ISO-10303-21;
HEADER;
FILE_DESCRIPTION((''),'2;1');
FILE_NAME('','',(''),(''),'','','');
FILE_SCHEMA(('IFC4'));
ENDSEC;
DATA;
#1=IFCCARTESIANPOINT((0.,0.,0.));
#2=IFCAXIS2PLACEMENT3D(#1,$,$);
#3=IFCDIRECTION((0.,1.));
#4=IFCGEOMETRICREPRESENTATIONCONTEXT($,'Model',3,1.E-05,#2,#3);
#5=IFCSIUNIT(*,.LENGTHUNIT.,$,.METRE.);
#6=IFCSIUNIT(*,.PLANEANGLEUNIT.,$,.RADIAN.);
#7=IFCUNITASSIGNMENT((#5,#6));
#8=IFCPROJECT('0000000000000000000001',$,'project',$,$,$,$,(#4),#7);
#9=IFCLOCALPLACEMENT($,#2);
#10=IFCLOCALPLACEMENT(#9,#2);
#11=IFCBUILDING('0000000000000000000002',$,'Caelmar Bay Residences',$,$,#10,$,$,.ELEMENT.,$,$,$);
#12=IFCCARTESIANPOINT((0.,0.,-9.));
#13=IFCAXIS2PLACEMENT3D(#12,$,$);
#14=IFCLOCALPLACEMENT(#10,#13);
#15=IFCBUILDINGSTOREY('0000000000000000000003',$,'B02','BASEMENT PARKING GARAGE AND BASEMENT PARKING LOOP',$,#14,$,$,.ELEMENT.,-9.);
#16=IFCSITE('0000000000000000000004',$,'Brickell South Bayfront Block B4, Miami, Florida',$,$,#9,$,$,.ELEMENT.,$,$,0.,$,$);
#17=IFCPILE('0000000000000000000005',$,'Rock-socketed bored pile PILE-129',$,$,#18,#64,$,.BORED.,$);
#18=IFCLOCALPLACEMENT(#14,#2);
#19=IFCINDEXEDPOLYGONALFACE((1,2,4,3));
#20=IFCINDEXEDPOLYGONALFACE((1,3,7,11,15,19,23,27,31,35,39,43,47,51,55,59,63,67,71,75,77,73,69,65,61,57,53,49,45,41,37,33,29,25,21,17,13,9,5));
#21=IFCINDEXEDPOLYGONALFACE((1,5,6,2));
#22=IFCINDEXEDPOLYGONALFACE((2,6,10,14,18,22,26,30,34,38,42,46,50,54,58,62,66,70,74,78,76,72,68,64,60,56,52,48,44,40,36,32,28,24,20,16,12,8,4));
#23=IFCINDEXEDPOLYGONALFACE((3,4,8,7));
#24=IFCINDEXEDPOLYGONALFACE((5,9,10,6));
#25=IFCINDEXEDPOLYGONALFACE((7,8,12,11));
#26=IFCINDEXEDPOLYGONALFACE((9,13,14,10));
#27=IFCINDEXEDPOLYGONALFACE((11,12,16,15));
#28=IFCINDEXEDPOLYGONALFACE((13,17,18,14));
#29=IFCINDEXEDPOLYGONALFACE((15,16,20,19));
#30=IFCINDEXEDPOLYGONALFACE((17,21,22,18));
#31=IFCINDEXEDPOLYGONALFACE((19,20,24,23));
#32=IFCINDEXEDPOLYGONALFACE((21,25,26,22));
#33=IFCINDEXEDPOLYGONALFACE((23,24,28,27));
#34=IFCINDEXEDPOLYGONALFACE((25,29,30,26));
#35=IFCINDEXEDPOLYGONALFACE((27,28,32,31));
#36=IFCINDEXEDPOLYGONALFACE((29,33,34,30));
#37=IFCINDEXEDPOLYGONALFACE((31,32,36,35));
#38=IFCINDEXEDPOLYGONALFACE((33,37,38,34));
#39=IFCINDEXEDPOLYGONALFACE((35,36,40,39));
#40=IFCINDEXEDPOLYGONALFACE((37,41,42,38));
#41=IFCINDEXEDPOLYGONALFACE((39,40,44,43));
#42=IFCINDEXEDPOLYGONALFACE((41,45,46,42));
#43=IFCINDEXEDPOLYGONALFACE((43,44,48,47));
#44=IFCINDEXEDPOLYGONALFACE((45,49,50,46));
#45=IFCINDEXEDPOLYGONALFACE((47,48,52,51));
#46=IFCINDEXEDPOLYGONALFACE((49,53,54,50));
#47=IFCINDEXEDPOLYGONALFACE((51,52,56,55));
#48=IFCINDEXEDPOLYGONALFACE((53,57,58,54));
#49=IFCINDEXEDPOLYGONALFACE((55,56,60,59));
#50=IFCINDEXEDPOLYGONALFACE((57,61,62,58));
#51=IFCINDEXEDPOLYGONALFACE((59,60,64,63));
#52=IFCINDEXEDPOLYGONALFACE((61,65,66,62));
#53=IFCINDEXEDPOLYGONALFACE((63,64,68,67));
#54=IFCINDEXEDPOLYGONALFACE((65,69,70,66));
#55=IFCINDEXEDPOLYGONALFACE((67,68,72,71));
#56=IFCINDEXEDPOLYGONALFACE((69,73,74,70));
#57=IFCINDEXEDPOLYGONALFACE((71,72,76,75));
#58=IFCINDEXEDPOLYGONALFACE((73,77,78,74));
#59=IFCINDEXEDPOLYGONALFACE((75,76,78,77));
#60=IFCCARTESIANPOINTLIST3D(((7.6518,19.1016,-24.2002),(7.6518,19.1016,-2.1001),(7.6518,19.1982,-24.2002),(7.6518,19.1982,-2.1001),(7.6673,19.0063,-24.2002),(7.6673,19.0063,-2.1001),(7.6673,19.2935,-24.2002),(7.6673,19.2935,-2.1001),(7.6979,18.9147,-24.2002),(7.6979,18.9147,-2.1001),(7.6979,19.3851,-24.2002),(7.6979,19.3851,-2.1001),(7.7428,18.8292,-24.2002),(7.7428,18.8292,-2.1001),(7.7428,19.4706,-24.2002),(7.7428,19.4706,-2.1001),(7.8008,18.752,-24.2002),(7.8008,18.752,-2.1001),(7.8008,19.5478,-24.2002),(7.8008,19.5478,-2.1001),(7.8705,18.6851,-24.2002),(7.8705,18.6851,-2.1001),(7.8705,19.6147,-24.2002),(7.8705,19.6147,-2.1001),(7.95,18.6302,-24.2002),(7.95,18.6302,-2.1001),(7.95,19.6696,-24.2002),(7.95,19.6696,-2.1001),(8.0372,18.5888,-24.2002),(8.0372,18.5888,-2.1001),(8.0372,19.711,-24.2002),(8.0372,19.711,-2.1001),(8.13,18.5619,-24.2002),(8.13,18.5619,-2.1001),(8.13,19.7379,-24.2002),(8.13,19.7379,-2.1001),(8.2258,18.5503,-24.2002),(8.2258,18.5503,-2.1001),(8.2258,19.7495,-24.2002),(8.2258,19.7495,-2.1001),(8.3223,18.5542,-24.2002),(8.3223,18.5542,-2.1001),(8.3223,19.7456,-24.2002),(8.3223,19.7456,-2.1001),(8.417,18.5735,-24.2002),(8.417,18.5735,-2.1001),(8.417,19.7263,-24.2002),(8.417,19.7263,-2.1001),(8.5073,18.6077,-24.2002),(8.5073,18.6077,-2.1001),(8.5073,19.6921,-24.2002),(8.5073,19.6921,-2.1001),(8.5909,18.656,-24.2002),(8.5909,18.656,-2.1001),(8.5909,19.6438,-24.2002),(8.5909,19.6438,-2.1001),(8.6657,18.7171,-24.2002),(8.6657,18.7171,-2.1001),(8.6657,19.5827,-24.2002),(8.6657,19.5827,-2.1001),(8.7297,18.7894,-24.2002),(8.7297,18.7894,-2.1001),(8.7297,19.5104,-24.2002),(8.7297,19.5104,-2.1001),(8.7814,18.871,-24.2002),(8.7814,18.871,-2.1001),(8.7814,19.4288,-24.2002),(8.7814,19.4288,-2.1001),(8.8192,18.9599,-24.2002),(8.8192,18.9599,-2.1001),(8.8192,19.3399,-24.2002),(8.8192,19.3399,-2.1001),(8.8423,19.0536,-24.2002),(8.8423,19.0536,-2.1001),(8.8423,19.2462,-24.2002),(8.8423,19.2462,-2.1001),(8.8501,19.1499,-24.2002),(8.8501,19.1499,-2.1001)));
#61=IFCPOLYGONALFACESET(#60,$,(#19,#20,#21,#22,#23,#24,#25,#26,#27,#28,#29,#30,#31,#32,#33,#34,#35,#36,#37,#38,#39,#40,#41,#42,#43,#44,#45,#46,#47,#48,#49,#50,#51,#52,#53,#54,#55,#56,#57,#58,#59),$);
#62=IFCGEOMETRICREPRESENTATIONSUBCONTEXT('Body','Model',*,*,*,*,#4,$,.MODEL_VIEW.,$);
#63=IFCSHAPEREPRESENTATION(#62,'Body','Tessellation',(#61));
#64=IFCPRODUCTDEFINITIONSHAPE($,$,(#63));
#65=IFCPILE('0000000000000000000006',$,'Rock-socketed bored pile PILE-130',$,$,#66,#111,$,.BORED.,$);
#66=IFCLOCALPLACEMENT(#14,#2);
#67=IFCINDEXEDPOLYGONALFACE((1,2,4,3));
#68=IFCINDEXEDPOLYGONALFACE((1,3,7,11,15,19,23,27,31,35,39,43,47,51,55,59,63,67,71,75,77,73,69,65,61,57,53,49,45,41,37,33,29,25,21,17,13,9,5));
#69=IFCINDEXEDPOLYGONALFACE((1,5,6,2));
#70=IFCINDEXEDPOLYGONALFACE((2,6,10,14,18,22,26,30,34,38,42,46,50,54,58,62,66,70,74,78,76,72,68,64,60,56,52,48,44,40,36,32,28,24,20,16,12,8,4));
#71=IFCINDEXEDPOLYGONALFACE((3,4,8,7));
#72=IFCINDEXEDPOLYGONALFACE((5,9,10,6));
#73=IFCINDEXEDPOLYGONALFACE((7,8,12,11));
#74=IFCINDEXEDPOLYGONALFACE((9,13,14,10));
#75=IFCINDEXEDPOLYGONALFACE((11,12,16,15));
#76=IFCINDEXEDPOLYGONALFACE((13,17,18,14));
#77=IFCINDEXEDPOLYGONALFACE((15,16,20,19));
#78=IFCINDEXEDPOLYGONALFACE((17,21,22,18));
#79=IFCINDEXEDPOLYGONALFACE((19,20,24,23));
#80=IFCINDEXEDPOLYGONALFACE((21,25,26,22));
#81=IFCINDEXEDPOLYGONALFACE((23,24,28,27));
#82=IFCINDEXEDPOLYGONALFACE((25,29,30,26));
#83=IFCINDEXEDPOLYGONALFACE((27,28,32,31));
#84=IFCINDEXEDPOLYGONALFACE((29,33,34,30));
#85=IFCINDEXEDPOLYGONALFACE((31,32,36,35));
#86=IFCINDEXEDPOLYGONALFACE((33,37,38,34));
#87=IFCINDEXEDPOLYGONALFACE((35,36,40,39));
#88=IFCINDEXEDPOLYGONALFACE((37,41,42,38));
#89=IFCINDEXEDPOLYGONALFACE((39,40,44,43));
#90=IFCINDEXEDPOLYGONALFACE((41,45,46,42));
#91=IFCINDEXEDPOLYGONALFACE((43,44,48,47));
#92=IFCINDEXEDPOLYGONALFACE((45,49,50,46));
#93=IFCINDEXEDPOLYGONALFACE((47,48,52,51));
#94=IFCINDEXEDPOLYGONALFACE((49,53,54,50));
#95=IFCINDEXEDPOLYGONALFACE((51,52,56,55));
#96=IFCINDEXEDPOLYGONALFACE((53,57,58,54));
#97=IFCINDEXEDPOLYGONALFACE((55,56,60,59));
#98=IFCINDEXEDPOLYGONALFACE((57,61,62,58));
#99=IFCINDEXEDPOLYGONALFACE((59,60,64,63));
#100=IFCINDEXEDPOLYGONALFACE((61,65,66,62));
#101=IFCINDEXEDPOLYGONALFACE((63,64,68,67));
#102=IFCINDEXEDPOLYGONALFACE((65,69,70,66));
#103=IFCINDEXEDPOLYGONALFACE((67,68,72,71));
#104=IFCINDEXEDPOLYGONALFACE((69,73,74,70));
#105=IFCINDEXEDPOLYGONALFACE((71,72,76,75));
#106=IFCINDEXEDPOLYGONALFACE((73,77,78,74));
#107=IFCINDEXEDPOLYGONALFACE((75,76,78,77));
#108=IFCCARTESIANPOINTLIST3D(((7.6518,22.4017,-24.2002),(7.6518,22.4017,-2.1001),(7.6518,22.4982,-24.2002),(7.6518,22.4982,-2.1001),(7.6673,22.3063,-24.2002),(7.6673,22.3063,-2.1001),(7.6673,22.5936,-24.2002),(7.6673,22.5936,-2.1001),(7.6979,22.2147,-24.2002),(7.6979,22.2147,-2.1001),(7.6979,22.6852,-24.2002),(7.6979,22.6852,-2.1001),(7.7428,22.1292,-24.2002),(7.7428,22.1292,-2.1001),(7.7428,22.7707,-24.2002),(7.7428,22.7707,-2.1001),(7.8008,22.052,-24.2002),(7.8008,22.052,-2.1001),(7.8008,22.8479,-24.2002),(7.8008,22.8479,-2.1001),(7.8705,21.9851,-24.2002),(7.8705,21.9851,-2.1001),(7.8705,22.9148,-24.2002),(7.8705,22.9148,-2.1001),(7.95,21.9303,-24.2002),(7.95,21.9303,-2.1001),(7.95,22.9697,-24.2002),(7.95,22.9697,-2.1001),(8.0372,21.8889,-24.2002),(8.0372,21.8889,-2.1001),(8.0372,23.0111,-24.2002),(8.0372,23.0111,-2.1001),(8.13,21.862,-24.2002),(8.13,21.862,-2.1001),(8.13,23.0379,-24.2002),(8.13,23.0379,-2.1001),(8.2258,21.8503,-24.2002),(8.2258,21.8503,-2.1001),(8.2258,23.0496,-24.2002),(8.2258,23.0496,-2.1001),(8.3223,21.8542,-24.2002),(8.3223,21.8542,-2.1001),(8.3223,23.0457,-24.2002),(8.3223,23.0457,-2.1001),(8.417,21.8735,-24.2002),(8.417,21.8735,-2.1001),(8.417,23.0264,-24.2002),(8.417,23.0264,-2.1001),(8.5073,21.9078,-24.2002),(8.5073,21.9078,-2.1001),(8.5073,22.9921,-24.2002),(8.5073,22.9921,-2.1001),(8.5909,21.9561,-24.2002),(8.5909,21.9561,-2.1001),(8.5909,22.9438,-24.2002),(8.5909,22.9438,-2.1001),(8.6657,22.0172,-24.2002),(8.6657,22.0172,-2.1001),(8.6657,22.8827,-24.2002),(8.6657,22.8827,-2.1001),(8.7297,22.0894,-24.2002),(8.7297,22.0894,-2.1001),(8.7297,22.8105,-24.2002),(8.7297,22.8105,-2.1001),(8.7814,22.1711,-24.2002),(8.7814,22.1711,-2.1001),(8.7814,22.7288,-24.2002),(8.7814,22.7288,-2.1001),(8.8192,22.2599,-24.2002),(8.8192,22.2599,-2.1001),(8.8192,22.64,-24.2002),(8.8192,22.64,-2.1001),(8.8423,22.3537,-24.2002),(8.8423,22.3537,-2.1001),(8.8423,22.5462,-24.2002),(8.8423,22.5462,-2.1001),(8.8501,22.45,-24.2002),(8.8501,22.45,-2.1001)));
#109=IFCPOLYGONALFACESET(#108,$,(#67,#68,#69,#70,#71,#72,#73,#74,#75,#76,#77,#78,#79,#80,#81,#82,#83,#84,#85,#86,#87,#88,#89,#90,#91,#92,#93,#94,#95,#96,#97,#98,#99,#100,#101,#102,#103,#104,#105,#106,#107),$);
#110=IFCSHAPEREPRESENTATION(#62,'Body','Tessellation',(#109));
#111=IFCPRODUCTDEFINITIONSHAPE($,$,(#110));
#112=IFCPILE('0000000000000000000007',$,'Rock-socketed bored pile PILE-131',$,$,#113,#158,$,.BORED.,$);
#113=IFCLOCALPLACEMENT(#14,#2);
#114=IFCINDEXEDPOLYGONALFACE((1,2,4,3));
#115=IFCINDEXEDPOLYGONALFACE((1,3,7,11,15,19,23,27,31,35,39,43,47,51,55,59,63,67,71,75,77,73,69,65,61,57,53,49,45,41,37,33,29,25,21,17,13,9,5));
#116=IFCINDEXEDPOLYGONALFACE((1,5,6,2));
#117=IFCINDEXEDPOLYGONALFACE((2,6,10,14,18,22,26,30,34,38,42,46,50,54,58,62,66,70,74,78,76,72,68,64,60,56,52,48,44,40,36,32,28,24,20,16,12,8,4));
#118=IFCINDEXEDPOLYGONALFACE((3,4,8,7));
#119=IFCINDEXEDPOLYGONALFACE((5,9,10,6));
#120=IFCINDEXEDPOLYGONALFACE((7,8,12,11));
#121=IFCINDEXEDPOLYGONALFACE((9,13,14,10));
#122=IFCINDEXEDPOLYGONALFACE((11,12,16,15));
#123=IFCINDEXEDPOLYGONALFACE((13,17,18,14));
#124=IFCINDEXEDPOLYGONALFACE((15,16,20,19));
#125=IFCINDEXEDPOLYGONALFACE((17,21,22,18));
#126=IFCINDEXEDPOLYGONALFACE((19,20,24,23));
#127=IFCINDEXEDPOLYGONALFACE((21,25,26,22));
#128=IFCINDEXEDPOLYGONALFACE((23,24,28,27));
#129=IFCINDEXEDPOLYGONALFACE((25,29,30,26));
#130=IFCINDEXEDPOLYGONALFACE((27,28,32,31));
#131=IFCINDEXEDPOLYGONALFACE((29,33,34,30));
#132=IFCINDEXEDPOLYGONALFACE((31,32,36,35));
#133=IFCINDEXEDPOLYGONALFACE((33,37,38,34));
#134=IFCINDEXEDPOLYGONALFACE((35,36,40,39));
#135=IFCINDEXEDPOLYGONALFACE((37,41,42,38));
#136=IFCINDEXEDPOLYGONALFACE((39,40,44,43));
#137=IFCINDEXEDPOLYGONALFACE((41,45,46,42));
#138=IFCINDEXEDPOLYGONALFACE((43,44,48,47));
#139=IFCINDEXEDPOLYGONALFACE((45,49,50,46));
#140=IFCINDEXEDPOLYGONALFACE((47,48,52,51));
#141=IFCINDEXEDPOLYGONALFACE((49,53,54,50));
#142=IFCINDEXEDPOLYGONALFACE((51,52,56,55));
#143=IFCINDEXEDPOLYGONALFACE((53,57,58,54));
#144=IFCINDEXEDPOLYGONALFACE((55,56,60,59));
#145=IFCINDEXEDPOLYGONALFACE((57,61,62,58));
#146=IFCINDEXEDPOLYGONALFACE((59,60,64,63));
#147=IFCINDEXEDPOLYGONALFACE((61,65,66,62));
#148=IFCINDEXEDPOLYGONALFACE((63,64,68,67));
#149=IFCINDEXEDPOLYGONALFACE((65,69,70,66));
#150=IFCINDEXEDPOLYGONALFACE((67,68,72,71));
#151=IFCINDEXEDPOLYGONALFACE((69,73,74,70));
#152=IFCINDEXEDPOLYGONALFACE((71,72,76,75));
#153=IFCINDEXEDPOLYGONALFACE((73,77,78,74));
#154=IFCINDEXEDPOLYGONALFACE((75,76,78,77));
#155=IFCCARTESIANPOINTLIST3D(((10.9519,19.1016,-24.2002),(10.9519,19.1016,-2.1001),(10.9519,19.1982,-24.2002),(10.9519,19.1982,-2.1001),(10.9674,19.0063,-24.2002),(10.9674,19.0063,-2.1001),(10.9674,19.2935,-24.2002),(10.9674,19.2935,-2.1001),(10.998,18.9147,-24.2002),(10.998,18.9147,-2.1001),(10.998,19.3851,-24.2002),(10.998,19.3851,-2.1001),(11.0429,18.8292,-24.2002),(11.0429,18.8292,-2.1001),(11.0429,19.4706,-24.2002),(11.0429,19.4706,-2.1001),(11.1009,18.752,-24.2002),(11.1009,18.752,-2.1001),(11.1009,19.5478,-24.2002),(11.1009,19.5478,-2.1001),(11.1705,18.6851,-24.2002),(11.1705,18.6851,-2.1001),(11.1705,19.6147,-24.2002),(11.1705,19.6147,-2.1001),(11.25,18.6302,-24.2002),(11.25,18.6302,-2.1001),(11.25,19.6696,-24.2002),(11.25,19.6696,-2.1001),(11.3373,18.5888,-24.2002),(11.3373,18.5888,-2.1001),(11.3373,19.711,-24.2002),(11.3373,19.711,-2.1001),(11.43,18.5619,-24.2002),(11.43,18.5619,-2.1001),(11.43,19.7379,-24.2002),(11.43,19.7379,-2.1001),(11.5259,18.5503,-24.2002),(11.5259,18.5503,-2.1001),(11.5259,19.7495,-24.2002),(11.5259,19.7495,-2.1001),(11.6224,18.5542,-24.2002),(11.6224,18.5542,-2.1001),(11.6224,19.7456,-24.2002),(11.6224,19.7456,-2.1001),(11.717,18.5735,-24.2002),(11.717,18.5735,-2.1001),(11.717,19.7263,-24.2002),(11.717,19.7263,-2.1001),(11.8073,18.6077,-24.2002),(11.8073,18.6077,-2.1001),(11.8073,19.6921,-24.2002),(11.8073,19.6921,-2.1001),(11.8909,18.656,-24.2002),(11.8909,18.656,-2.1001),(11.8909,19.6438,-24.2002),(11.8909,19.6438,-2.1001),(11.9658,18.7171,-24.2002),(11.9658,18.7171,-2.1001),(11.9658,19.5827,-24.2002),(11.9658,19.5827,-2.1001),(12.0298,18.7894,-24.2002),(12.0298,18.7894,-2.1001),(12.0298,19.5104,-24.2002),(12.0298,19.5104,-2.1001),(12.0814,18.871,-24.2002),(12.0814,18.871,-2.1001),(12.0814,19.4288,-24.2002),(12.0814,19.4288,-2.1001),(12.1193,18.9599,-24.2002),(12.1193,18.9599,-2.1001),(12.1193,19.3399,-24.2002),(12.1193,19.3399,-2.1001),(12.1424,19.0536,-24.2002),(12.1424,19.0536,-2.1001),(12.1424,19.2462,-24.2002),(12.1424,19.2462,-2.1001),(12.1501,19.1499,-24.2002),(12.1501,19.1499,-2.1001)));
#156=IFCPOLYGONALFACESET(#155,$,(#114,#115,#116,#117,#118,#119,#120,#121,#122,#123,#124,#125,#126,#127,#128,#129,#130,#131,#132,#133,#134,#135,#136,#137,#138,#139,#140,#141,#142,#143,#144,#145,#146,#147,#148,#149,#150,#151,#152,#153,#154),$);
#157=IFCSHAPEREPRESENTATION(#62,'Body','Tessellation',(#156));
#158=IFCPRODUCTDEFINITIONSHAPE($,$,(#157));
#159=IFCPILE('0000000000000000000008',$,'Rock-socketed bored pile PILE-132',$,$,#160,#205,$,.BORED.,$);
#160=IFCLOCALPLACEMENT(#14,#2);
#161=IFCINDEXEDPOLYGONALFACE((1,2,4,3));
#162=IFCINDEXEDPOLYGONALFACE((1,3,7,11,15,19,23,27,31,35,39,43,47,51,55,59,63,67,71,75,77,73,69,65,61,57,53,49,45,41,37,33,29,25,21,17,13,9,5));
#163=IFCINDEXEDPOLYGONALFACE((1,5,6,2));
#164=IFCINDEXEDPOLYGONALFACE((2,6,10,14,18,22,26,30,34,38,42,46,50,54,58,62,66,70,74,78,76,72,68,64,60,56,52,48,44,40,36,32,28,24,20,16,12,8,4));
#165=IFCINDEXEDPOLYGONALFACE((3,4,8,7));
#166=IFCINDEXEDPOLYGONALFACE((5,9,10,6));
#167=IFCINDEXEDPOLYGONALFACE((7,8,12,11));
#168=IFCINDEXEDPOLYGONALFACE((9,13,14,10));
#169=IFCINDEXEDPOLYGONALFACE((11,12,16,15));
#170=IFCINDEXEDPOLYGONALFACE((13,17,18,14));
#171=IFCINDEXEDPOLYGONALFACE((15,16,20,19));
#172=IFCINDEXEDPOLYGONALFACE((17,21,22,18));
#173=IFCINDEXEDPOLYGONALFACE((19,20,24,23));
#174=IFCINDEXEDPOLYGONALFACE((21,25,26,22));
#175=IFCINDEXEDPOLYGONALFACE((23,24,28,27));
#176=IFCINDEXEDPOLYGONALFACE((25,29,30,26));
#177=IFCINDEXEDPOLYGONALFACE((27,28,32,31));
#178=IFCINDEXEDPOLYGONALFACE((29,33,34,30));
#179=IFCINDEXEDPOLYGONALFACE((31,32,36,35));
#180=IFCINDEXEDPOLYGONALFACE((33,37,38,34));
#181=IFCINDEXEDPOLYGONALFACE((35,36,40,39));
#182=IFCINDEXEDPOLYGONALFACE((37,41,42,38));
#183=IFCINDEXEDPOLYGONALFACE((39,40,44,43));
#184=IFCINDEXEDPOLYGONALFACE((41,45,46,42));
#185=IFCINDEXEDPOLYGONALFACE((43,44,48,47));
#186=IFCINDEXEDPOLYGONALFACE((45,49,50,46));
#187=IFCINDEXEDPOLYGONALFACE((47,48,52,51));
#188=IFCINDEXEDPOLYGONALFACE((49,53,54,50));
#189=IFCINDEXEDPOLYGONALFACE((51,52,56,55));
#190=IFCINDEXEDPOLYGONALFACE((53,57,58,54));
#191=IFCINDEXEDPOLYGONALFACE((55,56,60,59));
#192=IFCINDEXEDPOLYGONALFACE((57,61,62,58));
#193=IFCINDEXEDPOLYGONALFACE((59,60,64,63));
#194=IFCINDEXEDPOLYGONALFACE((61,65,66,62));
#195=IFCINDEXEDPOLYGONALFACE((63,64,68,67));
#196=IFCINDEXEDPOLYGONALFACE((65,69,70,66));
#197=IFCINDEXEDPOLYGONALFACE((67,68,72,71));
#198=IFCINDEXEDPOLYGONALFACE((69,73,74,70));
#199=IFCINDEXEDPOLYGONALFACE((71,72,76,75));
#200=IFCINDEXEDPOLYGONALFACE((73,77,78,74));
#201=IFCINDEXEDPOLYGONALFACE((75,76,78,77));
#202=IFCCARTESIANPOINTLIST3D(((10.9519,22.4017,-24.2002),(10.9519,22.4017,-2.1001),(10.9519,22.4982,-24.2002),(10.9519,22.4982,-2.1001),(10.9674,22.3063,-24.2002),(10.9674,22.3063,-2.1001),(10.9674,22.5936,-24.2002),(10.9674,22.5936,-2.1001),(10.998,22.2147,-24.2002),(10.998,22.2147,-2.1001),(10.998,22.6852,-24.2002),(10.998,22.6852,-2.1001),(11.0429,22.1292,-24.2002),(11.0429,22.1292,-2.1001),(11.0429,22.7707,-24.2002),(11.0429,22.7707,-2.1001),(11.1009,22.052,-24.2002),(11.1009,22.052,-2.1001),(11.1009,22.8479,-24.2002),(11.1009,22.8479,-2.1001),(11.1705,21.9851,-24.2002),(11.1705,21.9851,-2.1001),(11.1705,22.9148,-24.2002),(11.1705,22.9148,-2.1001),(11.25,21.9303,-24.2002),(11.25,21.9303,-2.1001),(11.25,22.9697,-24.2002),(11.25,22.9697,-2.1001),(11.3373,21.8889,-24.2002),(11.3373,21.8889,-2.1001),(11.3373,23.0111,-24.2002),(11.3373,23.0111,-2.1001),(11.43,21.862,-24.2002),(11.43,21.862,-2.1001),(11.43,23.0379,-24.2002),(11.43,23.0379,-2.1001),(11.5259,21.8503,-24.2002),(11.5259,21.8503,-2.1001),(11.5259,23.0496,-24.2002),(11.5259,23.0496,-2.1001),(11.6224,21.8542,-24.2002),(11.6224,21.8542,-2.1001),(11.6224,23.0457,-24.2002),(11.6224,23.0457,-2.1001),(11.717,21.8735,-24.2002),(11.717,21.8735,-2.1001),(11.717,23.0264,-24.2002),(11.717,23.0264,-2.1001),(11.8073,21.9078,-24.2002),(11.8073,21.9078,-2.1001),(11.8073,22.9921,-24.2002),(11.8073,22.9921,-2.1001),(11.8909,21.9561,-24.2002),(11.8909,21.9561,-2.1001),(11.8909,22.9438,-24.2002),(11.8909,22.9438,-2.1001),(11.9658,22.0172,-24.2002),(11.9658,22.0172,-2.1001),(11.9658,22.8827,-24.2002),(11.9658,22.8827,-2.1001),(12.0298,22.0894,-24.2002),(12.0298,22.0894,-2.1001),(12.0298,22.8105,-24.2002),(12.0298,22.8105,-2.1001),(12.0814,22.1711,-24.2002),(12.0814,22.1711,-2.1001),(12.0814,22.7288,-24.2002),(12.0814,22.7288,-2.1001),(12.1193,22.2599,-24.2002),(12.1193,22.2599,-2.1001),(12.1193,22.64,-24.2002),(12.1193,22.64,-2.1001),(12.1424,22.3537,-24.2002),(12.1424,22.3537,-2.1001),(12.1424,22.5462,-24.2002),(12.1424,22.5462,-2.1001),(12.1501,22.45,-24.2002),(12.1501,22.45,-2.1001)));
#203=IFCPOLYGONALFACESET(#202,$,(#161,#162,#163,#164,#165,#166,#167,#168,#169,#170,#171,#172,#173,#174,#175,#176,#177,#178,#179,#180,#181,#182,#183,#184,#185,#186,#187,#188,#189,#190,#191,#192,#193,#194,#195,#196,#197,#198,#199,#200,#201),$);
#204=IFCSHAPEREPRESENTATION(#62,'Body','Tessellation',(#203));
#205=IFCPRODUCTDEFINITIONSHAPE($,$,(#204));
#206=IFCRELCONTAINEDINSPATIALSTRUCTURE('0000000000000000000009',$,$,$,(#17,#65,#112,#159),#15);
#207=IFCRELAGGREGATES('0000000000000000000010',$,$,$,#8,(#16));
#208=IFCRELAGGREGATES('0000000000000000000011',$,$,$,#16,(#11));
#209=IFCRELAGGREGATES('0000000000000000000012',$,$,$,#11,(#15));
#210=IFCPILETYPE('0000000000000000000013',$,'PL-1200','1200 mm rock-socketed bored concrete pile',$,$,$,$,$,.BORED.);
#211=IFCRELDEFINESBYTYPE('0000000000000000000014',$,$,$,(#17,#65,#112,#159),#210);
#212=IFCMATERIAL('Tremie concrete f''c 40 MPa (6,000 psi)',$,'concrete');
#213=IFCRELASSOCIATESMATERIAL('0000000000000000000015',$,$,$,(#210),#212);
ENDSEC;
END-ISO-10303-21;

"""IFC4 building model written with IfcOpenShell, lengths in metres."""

from ifc_helpers import new_model, si_unit, direction, frame, origin, origin_2d, place, context, subcontext, project, spatial, circle, extrude, material, material_profile, profile_set, type_object, element, save


model = new_model("IFC4")

# Units and contexts
model_context = context("Model", 3, precision=1e-05, world=origin(), true_north=direction((0.0, 1.0)))
body_context = subcontext(model_context, "Body", "Model", "MODEL_VIEW")
ifc_project = project(units=[si_unit("LENGTHUNIT", "METRE"), si_unit("PLANEANGLEUNIT", "RADIAN")], contexts=[model_context])

# Site, building, storey
site_placement = place(None, origin())
site = spatial("IfcSite", under=ifc_project, at=site_placement, Name="Brickell South Bayfront Block B4, Miami, Florida", CompositionType="ELEMENT", RefElevation=0.0)
building_placement = place(site_placement, origin())
building = spatial("IfcBuilding", under=site, at=building_placement, Name="Caelmar Bay Residences", CompositionType="ELEMENT")
storey_placement = place(building_placement, frame((0.0, 0.0, -9.0)))
storey = spatial("IfcBuildingStorey", under=building, at=storey_placement, Name="B02", Description="BASEMENT PARKING GARAGE AND BASEMENT PARKING LOOP", CompositionType="ELEMENT", Elevation=-9.0)

# Piles
ifc_material_1 = material(Name="Tremie concrete f'c 40 MPa (6,000 psi)", Category="concrete")
ifc_material_profile_1 = material_profile(ifc_material_1, circle(Radius=0.6001, at=origin_2d()), Name="PILE-1200D")
ifc_profile_set_1 = profile_set([ifc_material_profile_1], Name="Tremie concrete f'c 40 MPa (6,000 psi)")
pile_type = type_object("IfcPileType", Name="PL-1200", Description="1200 mm rock-socketed bored concrete pile", PredefinedType="BORED", material=ifc_profile_set_1)
for number, where, z_axis, x_axis, name in (
    (1, (8.25, 19.1499, -2.1001), (0.0, 0.0, -1.0), (1.0, 0.0, 0.0), "Rock-socketed bored pile PILE-129"),
    (2, (8.25, 22.45, -2.1001), (0.0, 0.0, -1.0), (1.0, 0.0, 0.0), "Rock-socketed bored pile PILE-130"),
    (3, (11.55, 19.1499, -2.1001), (0.0, 0.0, -1.0), (1.0, 0.0, 0.0), "Rock-socketed bored pile PILE-131"),
    (4, (11.55, 22.45, -2.1001), (0.0, 0.0, -1.0), (1.0, 0.0, 0.0), "Rock-socketed bored pile PILE-132"),
):
    element("IfcPile", number, at=place(storey_placement, frame(where, z_axis=z_axis, x_axis=x_axis)), inside=storey, type_object=pile_type, Name=name, PredefinedType="BORED", context=body_context, shape_type="SweptSolid", body=[
        extrude(circle(Radius=0.6001, at=origin_2d()), origin(), (0.0, 0.0, 1.0), 22.1001),
    ])

save(model, "model.ifc")
